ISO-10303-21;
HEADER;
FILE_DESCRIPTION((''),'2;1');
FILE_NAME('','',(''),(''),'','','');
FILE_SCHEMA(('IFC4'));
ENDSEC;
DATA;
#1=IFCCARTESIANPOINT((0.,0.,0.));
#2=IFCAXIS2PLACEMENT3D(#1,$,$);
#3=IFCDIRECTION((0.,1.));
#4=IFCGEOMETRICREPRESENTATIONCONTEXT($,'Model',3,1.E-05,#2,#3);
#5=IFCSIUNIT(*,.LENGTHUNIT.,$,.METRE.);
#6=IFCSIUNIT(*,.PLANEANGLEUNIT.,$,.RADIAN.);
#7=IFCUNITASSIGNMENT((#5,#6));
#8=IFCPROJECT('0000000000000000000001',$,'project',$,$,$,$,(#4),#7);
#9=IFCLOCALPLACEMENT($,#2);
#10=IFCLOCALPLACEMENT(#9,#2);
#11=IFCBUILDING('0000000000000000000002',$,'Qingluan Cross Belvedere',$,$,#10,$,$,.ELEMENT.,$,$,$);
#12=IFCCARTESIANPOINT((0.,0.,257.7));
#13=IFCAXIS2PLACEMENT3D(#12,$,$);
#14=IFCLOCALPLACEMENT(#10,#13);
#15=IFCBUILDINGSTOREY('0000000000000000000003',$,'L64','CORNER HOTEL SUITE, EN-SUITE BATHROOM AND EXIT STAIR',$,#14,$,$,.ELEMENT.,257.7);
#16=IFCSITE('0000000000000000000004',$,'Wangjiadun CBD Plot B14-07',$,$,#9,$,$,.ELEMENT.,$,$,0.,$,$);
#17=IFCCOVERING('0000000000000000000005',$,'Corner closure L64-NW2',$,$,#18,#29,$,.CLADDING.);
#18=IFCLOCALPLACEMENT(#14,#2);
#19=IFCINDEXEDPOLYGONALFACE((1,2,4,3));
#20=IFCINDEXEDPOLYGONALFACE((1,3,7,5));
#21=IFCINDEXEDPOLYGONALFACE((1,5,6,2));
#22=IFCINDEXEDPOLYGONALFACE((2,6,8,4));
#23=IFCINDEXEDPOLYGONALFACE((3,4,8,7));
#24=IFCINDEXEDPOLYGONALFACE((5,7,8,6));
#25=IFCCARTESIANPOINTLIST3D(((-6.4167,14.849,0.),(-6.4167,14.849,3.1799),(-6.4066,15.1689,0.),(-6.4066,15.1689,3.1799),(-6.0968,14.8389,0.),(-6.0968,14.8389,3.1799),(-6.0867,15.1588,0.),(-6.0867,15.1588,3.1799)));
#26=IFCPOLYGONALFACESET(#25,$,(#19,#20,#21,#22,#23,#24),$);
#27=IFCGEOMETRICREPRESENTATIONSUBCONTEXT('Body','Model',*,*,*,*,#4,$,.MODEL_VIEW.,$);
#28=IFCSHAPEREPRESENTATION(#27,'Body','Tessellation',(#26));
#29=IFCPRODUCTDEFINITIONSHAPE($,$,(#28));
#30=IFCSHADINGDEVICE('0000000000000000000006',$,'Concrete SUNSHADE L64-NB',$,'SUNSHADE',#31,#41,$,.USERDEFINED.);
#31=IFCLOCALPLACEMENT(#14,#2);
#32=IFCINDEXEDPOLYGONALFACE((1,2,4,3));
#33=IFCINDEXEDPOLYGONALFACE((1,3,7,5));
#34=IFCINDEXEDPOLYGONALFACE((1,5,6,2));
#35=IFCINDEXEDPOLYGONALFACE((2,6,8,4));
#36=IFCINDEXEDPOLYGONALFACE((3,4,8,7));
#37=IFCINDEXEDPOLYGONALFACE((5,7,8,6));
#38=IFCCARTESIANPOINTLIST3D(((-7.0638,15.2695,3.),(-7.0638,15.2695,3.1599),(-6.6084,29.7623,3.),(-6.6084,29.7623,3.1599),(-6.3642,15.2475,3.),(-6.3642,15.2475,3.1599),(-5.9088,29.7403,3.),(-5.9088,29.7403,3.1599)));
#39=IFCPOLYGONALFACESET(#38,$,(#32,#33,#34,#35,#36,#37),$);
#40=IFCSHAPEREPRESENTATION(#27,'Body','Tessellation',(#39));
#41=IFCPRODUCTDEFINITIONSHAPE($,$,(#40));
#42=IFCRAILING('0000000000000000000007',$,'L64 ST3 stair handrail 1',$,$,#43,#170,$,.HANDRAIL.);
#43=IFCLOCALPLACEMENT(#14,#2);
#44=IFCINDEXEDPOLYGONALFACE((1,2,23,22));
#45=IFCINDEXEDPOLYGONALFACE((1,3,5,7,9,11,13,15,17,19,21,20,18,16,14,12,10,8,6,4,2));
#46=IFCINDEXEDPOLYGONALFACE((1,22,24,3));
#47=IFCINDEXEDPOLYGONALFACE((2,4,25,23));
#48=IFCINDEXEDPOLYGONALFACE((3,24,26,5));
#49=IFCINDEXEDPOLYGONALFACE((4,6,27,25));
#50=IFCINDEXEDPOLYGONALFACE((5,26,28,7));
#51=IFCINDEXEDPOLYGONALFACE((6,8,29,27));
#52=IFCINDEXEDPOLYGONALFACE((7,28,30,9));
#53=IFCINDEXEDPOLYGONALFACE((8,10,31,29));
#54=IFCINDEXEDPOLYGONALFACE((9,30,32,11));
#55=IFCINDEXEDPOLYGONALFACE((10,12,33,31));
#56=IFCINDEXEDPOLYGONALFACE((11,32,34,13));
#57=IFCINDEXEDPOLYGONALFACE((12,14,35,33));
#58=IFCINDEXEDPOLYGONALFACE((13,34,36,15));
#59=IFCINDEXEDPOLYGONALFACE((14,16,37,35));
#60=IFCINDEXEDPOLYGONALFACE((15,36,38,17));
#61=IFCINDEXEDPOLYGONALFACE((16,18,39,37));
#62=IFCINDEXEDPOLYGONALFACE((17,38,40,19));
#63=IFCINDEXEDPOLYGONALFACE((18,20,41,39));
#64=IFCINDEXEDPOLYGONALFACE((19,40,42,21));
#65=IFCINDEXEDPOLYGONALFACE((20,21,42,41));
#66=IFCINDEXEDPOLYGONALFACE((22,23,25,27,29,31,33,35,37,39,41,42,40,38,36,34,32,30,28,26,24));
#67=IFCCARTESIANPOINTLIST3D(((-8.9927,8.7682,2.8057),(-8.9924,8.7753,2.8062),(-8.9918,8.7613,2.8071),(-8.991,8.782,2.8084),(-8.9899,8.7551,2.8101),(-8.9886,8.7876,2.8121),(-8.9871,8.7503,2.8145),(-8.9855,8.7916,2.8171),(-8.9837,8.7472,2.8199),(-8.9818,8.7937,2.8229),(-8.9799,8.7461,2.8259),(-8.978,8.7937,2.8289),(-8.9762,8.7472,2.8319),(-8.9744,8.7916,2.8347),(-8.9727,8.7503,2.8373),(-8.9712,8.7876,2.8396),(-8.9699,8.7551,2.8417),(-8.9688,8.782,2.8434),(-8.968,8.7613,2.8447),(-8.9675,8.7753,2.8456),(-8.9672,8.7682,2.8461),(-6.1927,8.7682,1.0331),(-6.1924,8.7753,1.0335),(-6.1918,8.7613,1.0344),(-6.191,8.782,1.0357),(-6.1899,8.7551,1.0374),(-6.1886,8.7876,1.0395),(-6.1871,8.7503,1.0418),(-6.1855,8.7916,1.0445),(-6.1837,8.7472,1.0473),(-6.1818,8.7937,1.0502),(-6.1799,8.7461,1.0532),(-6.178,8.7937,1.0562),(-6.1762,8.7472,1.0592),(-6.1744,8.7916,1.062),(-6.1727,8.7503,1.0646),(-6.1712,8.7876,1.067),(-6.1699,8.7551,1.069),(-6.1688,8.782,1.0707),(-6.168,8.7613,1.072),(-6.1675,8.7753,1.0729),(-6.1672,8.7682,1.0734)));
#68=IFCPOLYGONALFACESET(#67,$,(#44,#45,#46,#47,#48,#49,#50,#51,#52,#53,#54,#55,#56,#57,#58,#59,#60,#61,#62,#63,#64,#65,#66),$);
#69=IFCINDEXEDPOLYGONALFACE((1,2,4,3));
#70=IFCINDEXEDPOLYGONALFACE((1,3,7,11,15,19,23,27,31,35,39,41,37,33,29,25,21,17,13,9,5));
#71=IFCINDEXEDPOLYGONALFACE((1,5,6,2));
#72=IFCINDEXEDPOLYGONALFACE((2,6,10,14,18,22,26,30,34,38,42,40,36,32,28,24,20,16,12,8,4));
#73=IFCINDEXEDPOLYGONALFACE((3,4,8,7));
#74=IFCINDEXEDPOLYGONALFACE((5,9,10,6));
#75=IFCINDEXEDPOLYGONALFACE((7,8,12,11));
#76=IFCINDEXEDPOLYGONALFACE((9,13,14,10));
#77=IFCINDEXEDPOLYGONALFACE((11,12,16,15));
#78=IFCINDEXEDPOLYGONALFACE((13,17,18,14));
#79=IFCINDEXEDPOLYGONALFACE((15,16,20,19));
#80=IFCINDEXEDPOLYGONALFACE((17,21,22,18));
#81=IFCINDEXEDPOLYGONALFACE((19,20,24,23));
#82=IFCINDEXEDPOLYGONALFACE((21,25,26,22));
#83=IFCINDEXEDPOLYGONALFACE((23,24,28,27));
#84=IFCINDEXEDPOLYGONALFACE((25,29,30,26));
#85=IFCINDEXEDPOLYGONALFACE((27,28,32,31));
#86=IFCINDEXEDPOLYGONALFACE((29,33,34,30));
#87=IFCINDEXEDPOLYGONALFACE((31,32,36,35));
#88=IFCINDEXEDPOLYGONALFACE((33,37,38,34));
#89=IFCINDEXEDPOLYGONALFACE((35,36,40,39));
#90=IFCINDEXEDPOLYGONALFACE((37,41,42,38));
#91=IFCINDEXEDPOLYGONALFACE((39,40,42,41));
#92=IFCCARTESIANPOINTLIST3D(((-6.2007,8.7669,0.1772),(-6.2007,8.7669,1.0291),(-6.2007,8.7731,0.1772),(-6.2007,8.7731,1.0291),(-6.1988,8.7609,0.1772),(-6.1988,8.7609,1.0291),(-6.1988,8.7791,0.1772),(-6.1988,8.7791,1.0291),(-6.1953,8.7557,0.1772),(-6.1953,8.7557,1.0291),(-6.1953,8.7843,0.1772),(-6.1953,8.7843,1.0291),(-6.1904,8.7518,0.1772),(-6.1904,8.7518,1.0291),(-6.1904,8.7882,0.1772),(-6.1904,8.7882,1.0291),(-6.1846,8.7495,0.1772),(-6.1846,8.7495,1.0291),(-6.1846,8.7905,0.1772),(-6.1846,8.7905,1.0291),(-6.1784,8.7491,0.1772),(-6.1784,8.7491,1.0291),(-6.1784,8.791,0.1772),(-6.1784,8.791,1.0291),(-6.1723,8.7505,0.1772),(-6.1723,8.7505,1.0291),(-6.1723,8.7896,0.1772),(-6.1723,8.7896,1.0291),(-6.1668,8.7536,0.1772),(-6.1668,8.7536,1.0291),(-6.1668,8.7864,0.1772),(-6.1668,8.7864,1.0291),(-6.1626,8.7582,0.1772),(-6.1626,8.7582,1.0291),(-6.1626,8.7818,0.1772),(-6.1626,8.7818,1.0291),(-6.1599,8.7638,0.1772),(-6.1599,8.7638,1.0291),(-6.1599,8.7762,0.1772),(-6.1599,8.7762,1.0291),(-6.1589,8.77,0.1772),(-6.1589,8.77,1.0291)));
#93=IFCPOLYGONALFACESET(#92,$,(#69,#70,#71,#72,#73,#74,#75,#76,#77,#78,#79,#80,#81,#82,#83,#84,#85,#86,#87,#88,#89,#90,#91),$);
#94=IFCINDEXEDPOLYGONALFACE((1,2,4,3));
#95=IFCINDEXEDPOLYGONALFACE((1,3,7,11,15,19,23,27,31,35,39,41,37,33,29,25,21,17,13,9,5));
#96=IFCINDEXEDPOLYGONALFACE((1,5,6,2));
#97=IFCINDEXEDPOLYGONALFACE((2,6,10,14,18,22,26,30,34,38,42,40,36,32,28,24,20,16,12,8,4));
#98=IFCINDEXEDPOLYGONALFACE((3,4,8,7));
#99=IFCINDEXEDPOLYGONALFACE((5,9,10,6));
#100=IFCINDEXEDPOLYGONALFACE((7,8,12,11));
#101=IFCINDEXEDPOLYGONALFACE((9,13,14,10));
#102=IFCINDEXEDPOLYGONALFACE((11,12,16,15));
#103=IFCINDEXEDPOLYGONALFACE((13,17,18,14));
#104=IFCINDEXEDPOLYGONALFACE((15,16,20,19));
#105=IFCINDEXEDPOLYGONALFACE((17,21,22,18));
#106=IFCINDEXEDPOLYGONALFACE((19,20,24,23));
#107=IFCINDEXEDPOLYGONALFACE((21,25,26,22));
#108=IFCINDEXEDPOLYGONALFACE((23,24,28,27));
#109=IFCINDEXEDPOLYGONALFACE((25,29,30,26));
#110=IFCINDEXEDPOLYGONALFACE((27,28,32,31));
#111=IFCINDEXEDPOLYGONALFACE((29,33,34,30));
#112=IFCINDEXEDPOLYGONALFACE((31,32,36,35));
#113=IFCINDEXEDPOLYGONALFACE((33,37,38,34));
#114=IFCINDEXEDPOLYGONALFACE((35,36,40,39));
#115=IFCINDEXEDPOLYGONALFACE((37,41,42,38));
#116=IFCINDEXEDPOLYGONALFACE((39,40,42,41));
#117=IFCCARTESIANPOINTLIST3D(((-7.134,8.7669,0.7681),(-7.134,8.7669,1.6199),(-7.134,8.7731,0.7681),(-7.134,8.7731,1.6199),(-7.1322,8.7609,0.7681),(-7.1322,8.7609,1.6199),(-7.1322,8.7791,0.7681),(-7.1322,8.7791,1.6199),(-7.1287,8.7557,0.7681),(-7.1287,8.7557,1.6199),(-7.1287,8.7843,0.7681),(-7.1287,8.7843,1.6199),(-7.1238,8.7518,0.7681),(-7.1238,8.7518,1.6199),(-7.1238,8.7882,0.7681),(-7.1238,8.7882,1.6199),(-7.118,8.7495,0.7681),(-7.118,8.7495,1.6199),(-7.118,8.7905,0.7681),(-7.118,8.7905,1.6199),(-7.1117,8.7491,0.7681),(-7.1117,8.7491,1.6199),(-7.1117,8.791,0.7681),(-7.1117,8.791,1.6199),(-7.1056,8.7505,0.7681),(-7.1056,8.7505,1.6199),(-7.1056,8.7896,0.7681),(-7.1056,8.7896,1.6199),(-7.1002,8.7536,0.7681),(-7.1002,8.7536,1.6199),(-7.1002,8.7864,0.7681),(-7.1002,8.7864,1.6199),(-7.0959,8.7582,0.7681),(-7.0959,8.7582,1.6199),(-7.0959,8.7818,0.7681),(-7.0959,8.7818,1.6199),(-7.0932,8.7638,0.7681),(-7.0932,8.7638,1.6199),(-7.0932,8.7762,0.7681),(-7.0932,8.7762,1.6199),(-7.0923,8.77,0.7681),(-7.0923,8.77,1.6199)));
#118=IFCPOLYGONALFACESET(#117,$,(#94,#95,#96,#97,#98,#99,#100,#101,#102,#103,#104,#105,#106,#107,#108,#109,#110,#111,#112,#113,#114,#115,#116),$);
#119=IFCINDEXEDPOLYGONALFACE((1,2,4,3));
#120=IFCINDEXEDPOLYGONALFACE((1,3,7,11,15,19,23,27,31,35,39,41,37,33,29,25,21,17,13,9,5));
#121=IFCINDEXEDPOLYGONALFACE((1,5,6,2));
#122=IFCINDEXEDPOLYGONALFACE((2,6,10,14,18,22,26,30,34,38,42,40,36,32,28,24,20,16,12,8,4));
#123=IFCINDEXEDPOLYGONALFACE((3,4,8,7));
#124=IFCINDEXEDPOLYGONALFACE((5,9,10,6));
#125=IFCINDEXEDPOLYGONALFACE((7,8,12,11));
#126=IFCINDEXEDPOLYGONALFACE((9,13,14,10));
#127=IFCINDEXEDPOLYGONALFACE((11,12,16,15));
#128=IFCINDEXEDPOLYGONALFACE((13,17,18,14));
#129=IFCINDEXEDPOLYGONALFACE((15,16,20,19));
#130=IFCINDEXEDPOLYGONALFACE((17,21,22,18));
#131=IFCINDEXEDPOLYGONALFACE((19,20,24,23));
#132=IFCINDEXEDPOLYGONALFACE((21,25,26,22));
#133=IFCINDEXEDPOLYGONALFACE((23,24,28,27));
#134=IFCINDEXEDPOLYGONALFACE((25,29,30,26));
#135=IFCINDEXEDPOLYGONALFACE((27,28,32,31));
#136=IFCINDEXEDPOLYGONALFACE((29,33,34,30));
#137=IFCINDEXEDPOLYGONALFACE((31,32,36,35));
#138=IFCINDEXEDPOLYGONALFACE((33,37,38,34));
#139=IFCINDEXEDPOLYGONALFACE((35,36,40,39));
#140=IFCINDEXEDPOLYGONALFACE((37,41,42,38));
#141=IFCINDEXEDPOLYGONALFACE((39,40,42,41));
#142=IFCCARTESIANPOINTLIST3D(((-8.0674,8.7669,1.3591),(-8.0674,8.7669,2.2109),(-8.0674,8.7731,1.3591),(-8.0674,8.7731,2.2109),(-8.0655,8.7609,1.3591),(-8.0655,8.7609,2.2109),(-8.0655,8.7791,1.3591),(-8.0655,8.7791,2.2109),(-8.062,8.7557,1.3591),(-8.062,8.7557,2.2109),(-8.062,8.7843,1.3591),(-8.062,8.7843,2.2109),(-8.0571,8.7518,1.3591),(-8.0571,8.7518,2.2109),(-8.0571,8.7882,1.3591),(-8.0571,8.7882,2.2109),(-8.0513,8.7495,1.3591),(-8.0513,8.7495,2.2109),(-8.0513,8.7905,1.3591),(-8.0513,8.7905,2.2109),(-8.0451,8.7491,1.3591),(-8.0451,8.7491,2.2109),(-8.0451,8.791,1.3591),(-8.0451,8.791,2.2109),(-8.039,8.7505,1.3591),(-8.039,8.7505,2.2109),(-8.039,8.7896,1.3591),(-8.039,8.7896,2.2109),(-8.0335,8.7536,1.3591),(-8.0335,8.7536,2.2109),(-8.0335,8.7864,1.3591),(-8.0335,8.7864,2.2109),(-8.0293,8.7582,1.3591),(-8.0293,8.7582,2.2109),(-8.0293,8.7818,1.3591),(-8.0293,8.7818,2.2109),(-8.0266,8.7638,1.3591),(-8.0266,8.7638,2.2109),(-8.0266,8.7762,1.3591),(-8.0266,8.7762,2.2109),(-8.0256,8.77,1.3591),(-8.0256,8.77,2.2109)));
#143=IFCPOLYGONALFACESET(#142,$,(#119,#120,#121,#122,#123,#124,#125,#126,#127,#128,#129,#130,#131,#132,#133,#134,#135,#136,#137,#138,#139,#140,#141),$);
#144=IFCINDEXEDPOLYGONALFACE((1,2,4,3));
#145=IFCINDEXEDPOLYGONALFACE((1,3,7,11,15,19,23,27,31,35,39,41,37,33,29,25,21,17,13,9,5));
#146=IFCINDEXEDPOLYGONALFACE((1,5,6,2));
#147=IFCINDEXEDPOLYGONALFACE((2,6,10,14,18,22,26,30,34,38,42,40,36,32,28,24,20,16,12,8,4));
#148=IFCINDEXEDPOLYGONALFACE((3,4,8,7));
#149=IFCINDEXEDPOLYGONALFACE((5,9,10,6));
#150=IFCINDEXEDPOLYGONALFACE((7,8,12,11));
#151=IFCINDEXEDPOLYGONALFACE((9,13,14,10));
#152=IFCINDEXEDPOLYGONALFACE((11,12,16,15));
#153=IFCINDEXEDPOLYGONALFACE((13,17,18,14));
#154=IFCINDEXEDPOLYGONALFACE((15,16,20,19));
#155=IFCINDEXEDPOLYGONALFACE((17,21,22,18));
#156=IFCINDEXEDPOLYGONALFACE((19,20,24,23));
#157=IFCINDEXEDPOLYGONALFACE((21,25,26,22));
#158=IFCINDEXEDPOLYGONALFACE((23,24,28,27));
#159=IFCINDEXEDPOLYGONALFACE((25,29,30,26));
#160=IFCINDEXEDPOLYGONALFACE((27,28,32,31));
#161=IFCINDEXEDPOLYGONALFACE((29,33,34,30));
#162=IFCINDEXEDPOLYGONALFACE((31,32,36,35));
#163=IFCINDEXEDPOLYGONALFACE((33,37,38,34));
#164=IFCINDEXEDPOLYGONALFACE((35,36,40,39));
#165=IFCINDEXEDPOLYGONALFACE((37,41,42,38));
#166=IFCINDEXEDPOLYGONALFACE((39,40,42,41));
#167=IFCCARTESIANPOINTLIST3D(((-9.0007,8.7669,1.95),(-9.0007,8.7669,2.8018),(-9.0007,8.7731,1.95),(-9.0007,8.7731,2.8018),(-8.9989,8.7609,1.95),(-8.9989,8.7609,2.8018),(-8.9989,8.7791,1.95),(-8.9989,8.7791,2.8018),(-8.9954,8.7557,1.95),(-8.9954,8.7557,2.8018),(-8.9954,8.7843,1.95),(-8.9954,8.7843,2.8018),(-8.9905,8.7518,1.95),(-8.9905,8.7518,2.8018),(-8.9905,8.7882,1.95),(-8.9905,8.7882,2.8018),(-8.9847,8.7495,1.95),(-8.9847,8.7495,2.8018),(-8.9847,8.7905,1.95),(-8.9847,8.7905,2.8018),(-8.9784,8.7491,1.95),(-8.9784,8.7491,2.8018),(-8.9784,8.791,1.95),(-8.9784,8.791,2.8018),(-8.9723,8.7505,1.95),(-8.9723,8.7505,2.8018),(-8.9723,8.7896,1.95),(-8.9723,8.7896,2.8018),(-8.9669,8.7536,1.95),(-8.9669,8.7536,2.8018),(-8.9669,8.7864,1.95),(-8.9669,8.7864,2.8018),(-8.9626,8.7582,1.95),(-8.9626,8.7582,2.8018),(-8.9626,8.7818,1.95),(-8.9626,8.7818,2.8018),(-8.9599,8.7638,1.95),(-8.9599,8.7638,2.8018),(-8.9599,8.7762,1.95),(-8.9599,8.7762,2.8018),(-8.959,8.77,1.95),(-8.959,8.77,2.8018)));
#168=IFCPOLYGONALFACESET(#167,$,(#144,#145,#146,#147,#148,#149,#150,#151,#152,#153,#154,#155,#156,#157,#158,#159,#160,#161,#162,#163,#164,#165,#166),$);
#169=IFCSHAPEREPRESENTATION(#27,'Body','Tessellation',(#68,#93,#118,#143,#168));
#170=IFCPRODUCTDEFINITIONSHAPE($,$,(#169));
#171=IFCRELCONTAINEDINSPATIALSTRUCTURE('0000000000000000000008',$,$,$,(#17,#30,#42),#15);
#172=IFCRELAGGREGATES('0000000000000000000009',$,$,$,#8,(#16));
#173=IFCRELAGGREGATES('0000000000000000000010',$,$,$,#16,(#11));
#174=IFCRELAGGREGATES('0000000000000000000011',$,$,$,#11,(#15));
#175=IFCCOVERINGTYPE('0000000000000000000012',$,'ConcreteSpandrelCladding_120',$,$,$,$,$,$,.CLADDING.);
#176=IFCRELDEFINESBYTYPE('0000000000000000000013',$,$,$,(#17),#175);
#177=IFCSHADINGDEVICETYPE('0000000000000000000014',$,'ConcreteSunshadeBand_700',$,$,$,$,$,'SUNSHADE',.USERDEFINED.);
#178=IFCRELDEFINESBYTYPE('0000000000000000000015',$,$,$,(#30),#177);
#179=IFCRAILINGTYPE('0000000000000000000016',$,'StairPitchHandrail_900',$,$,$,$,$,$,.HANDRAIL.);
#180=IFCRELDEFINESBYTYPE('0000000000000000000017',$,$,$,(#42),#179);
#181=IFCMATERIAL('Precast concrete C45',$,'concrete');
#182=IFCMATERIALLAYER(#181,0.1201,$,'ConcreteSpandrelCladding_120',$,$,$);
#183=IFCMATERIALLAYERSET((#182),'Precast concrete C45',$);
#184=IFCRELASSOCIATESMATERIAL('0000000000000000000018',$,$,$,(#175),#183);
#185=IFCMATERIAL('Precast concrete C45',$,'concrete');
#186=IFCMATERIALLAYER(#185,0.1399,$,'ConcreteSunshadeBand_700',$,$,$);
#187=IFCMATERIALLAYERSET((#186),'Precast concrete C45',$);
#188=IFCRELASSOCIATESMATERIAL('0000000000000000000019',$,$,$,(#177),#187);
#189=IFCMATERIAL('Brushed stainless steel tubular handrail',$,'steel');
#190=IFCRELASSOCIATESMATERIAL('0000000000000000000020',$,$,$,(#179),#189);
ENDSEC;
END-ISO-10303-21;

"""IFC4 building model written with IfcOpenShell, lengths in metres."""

from ifc_helpers import new_model, si_unit, direction, frame, origin, origin_2d, place, context, subcontext, project, spatial, rectangle, circle, extrude, material, layer, layer_set, type_object, element, save


model = new_model("IFC4")

# Units and contexts
model_context = context("Model", 3, precision=1e-05, world=origin(), true_north=direction((0.0, 1.0)))
body_context = subcontext(model_context, "Body", "Model", "MODEL_VIEW")
ifc_project = project(units=[si_unit("LENGTHUNIT", "METRE"), si_unit("PLANEANGLEUNIT", "RADIAN")], contexts=[model_context])

# Site, building, storey
site_placement = place(None, origin())
site = spatial("IfcSite", under=ifc_project, at=site_placement, Name="Wangjiadun CBD Plot B14-07", CompositionType="ELEMENT", RefElevation=0.0)
building_placement = place(site_placement, origin())
building = spatial("IfcBuilding", under=site, at=building_placement, Name="Qingluan Cross Belvedere", CompositionType="ELEMENT")
storey_placement = place(building_placement, frame((0.0, 0.0, 257.7)))
storey = spatial("IfcBuildingStorey", under=building, at=storey_placement, Name="L64", Description="CORNER HOTEL SUITE, EN-SUITE BATHROOM AND EXIT STAIR", CompositionType="ELEMENT", Elevation=257.7)

# Covering
ifc_material_1 = material(Name="Precast concrete C45", Category="concrete")
ifc_layer_1 = layer(ifc_material_1, 0.1201, Name="ConcreteSpandrelCladding_120")
ifc_layer_set_1 = layer_set([ifc_layer_1], Name="Precast concrete C45")
covering_type_1 = type_object("IfcCoveringType", Name="ConcreteSpandrelCladding_120", PredefinedType="CLADDING", material=ifc_layer_set_1)
covering_1_placement = place(storey_placement, frame((-6.2517, 15.0039, 0.0), z_axis=(0.0, 0.0, 1.0), x_axis=(0.999507, -0.031411, 0.0)))
element("IfcCovering", 1, at=covering_1_placement, inside=storey, type_object=covering_type_1, Name="Corner closure L64-NW2", PredefinedType="CLADDING", context=body_context, shape_type="SweptSolid", body=[
    extrude(rectangle(XDim=0.3201, YDim=0.3201, at=origin_2d()), origin(), (0.0, 0.0, 1.0), 3.1799),
])

# Shading device
ifc_material_2 = material(Name="Precast concrete C45", Category="concrete")
ifc_layer_2 = layer(ifc_material_2, 0.1399, Name="ConcreteSunshadeBand_700")
ifc_layer_set_2 = layer_set([ifc_layer_2], Name="Precast concrete C45")
shading_device_type = type_object("IfcShadingDeviceType", Name="ConcreteSunshadeBand_700", ElementType="SUNSHADE", PredefinedType="USERDEFINED", material=ifc_layer_set_2)
shading_device_placement = place(storey_placement, frame((-6.4863, 22.5049, 3.0), z_axis=(0.0, 0.0, 1.0), x_axis=(-0.031408, -0.999507, 0.0)))
element("IfcShadingDevice", 2, at=shading_device_placement, inside=storey, type_object=shading_device_type, Name="Concrete SUNSHADE L64-NB", ObjectType="SUNSHADE", PredefinedType="USERDEFINED", context=body_context, shape_type="SweptSolid", body=[
    extrude(rectangle(XDim=14.5, YDim=0.7, at=origin_2d()), origin(), (0.0, 0.0, 1.0), 0.1599),
])

# Railing
ifc_material_3 = material(Name="Brushed stainless steel tubular handrail", Category="steel")
railing_type_1 = type_object("IfcRailingType", Name="StairPitchHandrail_900", PredefinedType="HANDRAIL", material=ifc_material_3)
railing_1_placement = place(storey_placement, frame((-6.1799, 8.77, 0.1772)))
element("IfcRailing", 3, at=railing_1_placement, inside=storey, type_object=railing_type_1, Name="L64 ST3 stair handrail 1", PredefinedType="HANDRAIL", context=body_context, shape_type="SweptSolid", body=[
    extrude(circle(Radius=0.0239, at=origin_2d()), frame((0.0, 0.0, 0.876), z_axis=(-0.844909, 0.0, 0.53491), x_axis=(0.0, -1.0, 0.0)), (0.0, 0.0, 1.0), 3.314),
    extrude(circle(Radius=0.021, at=origin_2d()), origin(), (0.0, 0.0, 1.0), 0.8518),
    extrude(circle(Radius=0.021, at=origin_2d()), frame((-0.9333, 0.0, 0.5908)), (0.0, 0.0, 1.0), 0.8518),
    extrude(circle(Radius=0.021, at=origin_2d()), frame((-1.8667, 0.0, 1.1819)), (0.0, 0.0, 1.0), 0.8518),
    extrude(circle(Radius=0.021, at=origin_2d()), frame((-2.8, 0.0, 1.7727)), (0.0, 0.0, 1.0), 0.8518),
])

save(model, "model.ifc")
